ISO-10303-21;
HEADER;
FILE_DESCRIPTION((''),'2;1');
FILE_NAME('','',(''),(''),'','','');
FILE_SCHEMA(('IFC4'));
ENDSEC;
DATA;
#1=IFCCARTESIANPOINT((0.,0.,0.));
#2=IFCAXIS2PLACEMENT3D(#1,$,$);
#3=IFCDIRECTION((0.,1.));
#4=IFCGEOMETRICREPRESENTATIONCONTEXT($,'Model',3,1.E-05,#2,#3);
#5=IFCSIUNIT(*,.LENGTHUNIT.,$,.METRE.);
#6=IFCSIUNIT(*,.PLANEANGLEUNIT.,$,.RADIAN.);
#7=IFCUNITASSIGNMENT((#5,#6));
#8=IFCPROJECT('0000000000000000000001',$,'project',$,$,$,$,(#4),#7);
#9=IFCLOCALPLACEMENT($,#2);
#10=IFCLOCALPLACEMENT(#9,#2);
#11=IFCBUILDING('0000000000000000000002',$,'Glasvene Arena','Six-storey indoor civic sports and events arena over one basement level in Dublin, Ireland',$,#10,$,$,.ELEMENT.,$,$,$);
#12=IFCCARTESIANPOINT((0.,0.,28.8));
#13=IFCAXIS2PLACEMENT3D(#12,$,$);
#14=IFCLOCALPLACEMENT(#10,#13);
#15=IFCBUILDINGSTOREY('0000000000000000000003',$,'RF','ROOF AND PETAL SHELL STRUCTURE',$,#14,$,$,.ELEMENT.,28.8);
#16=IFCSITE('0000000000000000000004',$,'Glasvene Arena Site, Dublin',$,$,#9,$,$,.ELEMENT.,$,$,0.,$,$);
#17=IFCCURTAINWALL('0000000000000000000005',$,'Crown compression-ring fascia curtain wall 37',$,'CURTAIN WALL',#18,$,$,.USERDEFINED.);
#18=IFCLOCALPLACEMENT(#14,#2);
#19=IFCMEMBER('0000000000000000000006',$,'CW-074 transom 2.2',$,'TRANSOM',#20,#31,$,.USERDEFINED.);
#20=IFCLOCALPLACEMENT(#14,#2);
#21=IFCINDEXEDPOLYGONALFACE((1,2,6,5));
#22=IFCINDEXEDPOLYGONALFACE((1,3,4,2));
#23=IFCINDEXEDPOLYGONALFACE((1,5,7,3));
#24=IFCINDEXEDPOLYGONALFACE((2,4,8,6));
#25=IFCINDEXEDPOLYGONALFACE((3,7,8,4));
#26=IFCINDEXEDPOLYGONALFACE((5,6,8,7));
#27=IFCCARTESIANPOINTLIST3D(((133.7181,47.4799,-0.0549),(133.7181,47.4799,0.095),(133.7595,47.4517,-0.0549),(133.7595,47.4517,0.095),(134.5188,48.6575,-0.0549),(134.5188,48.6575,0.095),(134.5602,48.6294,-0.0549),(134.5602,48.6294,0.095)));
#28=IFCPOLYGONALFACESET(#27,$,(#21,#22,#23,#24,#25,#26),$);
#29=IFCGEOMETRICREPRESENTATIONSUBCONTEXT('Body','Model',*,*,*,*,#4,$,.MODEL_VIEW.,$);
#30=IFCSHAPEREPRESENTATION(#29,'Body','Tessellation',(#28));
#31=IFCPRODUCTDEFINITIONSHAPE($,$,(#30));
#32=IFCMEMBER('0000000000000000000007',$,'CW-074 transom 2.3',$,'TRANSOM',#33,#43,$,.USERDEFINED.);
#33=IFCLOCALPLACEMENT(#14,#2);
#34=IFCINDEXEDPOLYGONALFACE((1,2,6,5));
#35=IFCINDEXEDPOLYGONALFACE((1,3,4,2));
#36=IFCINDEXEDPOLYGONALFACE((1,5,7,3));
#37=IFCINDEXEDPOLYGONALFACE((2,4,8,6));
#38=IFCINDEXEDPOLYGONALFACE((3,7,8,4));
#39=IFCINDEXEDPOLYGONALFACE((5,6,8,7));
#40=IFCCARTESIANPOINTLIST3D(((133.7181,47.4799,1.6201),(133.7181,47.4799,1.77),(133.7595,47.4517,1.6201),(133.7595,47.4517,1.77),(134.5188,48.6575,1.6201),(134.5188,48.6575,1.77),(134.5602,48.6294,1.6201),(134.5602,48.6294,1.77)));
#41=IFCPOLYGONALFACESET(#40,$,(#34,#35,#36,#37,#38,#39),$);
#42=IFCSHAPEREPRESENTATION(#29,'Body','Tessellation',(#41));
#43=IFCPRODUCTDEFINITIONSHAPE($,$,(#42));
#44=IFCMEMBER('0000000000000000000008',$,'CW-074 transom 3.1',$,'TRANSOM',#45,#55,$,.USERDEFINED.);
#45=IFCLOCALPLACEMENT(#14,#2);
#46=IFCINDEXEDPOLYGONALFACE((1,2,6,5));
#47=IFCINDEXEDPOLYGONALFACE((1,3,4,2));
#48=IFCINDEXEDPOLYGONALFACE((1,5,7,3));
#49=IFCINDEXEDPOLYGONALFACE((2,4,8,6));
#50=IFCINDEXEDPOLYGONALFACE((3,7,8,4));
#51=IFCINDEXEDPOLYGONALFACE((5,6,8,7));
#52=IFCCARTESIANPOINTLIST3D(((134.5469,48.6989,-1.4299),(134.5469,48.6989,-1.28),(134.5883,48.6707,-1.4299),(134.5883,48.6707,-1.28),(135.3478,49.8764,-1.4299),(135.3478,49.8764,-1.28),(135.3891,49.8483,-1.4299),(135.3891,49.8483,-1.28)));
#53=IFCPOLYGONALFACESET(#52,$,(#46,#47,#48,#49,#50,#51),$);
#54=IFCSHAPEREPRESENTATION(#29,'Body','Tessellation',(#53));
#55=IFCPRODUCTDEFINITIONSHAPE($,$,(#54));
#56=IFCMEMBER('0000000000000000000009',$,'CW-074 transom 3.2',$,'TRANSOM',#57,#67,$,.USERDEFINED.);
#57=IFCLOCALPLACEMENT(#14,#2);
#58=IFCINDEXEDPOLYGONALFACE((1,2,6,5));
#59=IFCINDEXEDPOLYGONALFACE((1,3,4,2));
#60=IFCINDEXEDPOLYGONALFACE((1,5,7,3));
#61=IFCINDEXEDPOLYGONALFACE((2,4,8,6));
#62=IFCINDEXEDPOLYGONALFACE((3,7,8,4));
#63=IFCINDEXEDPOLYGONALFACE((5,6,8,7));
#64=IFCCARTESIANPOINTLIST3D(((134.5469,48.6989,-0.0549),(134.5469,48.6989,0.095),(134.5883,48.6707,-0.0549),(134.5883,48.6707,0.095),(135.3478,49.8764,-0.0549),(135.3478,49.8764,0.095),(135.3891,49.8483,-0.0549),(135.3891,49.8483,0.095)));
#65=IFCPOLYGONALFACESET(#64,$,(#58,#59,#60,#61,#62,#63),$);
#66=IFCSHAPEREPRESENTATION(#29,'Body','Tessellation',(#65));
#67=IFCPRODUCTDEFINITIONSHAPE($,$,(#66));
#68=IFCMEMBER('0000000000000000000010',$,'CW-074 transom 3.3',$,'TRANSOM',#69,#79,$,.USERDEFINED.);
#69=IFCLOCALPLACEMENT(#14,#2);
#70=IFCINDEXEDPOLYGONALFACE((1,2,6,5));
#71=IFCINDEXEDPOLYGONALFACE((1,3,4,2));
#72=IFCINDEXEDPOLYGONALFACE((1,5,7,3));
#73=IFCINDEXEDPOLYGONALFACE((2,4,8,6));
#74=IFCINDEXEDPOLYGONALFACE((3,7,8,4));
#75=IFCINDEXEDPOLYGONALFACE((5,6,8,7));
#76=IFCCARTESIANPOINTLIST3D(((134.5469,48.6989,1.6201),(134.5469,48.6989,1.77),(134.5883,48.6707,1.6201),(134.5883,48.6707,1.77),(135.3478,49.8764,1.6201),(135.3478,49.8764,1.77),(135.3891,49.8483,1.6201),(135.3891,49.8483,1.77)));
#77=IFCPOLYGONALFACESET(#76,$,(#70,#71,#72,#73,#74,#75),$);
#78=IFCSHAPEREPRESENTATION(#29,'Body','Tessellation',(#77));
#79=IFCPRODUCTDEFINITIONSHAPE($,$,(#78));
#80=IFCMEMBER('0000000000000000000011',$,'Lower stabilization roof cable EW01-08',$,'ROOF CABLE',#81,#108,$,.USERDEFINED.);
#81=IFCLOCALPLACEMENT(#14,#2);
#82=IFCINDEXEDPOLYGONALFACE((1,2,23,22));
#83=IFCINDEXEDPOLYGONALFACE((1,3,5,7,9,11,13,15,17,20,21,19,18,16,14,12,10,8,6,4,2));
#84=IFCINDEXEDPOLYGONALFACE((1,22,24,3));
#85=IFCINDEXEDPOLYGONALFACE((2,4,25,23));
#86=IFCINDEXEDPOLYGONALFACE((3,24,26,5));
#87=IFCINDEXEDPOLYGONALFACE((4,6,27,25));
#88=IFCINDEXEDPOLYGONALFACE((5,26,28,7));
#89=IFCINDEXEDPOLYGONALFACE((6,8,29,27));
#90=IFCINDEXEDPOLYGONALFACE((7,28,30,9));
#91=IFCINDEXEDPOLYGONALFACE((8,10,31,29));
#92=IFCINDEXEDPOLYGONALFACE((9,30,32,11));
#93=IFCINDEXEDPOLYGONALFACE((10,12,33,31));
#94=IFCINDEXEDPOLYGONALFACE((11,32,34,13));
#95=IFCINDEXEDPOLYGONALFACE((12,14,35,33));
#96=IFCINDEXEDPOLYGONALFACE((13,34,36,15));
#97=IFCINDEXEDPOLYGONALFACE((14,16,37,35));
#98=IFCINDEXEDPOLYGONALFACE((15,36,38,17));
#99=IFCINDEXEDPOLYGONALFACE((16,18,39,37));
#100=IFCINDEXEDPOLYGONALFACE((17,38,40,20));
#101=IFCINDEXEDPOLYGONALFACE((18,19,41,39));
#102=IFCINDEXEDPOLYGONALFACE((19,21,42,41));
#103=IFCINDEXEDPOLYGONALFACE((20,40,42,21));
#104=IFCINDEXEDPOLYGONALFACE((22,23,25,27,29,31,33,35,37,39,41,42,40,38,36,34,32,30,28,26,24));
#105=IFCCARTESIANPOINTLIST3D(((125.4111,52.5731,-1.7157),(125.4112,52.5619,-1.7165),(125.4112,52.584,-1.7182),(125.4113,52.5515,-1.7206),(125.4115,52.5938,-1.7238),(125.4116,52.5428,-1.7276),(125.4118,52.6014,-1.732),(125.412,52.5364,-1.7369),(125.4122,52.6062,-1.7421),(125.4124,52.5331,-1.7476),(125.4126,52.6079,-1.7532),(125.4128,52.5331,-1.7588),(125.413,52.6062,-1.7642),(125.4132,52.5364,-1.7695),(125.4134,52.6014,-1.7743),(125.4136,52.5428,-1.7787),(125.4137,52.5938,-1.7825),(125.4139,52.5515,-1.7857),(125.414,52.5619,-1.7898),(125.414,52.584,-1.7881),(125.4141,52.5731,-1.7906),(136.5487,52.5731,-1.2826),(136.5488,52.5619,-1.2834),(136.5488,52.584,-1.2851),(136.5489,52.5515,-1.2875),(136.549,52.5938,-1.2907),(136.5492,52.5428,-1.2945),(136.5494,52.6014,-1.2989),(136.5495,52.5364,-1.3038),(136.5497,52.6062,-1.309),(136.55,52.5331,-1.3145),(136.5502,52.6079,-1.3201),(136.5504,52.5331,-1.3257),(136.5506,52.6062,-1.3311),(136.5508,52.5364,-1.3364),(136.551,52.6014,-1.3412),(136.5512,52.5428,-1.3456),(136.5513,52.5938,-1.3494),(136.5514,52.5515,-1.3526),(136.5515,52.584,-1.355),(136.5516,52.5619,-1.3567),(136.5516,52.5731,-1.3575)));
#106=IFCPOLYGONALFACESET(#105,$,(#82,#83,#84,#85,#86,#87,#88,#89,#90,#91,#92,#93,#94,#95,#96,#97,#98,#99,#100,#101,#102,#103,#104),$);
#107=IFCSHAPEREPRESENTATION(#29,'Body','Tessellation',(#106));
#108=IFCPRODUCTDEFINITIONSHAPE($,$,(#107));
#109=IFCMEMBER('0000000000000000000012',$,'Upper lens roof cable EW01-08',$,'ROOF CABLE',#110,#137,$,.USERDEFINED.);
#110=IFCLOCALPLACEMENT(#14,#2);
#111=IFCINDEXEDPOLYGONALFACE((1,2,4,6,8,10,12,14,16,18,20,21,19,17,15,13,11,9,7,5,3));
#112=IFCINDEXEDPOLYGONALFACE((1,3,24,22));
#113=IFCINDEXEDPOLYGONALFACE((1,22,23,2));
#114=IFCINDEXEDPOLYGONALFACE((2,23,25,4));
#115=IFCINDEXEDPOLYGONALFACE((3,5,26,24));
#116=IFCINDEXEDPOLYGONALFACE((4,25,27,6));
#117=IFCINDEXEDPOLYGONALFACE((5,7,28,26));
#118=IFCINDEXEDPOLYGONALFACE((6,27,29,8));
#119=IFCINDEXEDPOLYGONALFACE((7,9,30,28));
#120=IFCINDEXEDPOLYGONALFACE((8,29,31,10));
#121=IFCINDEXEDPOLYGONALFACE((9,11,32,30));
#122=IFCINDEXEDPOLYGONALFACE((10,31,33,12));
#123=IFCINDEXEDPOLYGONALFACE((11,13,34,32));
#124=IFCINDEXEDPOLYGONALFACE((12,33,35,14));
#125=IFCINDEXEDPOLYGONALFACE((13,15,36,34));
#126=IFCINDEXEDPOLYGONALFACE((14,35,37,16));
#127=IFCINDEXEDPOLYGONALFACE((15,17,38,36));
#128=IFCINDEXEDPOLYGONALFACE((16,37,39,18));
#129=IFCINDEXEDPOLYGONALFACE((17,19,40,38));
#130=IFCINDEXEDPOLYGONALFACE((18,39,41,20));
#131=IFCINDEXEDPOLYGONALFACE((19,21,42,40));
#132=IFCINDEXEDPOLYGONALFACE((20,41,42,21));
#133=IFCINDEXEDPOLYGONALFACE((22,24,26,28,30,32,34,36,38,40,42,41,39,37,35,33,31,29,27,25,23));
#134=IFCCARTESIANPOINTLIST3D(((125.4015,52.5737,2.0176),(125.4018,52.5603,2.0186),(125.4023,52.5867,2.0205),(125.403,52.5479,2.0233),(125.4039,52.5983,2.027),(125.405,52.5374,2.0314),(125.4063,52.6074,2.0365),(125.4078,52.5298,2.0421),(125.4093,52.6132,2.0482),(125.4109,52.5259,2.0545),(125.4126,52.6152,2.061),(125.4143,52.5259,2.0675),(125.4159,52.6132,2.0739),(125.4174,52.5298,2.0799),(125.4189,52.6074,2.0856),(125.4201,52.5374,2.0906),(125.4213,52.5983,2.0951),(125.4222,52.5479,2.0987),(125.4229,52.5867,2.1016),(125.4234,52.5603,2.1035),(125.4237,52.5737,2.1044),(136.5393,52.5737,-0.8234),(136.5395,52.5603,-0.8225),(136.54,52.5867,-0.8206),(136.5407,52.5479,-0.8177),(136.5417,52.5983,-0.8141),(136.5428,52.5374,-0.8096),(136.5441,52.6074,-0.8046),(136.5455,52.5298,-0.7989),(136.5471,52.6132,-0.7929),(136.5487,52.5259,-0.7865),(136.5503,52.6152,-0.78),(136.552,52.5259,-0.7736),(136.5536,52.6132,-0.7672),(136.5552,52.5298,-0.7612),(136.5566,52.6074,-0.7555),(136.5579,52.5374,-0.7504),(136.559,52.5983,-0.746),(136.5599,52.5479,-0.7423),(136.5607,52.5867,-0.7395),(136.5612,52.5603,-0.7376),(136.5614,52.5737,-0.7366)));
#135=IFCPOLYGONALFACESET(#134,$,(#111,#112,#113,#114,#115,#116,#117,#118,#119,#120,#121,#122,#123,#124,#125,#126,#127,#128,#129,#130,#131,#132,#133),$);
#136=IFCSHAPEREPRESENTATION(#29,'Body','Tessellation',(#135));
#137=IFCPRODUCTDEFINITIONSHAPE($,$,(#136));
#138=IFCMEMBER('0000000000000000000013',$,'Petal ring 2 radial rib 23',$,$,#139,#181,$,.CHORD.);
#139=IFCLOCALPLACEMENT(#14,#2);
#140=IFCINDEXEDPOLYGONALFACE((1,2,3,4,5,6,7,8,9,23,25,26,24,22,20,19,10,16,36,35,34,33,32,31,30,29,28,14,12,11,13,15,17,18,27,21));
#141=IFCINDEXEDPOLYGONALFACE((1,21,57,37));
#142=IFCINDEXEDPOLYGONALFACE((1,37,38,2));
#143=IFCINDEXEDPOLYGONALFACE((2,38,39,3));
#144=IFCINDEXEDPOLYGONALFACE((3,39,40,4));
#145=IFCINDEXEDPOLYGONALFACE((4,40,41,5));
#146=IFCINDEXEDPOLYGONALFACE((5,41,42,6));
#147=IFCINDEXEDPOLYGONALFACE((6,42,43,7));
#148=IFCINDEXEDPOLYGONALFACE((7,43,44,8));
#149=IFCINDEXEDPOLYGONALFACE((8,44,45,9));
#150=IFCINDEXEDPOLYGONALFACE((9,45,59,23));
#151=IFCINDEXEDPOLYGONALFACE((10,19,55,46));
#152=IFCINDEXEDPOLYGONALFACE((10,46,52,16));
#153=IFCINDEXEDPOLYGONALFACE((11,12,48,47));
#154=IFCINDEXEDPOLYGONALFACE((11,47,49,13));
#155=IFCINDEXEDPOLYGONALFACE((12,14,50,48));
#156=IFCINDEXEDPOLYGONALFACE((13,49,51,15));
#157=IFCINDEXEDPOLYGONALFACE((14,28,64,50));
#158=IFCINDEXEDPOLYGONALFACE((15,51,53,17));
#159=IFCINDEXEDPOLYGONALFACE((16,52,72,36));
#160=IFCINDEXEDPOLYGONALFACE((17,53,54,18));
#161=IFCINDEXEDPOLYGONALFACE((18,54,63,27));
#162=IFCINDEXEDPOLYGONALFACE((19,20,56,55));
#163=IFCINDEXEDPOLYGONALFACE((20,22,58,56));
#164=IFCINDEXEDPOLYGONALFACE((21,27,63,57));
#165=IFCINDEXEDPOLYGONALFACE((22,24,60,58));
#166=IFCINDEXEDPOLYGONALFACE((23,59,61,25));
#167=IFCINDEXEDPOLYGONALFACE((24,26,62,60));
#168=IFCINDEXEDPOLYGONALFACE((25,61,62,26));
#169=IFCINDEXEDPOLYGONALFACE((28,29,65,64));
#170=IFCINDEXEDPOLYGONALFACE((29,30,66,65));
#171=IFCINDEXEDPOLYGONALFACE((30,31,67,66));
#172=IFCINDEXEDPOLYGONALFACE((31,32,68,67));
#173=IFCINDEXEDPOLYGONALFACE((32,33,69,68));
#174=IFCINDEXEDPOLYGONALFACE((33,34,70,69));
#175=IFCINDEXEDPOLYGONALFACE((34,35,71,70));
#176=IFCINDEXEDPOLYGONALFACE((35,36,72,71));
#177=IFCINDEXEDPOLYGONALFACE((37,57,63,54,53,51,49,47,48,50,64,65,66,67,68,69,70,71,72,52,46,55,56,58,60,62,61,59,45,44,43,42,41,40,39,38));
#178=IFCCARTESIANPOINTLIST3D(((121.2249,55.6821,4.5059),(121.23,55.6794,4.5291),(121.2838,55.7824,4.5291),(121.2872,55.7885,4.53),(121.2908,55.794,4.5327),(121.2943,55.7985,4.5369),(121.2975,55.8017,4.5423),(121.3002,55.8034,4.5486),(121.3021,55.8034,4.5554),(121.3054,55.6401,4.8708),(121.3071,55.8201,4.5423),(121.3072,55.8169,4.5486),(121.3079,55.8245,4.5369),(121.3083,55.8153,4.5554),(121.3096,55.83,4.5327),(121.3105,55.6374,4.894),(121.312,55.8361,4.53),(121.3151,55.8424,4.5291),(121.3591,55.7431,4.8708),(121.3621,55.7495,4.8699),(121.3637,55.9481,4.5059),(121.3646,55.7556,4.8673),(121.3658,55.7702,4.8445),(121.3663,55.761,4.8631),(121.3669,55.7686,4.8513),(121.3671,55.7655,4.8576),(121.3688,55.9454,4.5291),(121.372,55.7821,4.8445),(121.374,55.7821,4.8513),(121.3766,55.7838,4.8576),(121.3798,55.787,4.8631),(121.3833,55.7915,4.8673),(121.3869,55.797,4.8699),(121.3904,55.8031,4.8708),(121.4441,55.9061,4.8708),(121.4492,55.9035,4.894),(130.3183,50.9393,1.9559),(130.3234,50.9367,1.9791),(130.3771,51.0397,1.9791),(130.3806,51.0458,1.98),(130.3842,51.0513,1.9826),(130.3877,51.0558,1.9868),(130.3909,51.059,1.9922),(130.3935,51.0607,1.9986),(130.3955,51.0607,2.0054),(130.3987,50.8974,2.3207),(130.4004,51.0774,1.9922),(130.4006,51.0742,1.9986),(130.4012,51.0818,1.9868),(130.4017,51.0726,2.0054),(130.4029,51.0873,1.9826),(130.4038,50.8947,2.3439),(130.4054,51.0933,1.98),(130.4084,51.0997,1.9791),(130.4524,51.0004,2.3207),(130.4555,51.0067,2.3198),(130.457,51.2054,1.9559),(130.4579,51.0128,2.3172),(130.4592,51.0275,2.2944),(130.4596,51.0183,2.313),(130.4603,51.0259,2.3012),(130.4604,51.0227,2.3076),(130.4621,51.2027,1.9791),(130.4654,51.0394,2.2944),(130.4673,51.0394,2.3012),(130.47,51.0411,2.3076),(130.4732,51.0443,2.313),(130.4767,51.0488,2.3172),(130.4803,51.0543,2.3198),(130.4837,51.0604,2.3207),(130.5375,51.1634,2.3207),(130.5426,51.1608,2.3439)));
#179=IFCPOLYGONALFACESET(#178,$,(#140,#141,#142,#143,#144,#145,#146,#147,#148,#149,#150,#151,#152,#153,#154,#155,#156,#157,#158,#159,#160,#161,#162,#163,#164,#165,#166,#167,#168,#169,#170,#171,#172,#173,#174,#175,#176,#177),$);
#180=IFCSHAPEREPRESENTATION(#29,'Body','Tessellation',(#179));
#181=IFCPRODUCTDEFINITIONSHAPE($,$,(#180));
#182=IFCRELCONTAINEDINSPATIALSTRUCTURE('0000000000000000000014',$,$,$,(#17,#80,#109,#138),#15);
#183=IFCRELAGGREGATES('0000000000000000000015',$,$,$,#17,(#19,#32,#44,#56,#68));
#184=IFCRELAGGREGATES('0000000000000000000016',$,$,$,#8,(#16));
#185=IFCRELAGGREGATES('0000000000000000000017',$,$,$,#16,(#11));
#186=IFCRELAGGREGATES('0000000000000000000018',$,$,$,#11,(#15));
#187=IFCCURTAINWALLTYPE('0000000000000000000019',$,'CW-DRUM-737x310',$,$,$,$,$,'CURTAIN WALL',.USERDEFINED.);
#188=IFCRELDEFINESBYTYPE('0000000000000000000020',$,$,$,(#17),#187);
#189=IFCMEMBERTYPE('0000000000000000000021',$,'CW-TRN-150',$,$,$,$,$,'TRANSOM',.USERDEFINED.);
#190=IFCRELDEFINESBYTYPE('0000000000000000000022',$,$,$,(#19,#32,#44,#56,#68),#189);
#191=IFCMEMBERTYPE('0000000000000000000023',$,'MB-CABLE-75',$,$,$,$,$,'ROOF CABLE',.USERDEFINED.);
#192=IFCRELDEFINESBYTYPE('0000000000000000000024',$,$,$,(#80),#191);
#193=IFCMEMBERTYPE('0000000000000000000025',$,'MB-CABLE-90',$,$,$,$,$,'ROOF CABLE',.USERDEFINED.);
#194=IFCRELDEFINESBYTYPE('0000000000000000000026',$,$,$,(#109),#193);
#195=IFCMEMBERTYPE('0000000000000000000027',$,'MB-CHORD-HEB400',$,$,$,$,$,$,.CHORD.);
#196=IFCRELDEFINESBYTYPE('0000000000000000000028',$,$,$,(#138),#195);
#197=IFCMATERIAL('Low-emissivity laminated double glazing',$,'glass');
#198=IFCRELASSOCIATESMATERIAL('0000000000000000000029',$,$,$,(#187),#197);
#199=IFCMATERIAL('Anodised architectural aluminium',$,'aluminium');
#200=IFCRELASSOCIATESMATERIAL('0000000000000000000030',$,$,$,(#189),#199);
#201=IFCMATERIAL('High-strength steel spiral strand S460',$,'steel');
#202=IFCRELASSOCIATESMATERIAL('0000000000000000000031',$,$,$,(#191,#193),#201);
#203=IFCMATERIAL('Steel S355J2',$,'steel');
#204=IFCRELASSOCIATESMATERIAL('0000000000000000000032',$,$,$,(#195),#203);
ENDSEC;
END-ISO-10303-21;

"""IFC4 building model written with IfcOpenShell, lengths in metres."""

from ifc_helpers import new_model, si_unit, direction, frame, origin, origin_2d, place, context, subcontext, project, spatial, rectangle, circle, i_section, extrude, material, material_profile, profile_set, type_object, element, aggregate, save


model = new_model("IFC4")

# Units and contexts
model_context = context("Model", 3, precision=1e-05, world=origin(), true_north=direction((0.0, 1.0)))
body_context = subcontext(model_context, "Body", "Model", "MODEL_VIEW")
ifc_project = project(units=[si_unit("LENGTHUNIT", "METRE"), si_unit("PLANEANGLEUNIT", "RADIAN")], contexts=[model_context])

# Site, building, storey
site_placement = place(None, origin())
site = spatial("IfcSite", under=ifc_project, at=site_placement, Name="Glasvene Arena Site, Dublin", CompositionType="ELEMENT", RefElevation=0.0)
building_placement = place(site_placement, origin())
building = spatial("IfcBuilding", under=site, at=building_placement, Name="Glasvene Arena", Description="Six-storey indoor civic sports and events arena over one basement level in Dublin, Ireland", CompositionType="ELEMENT")
storey_placement = place(building_placement, frame((0.0, 0.0, 28.8)))
storey = spatial("IfcBuildingStorey", under=building, at=storey_placement, Name="RF", Description="ROOF AND PETAL SHELL STRUCTURE", CompositionType="ELEMENT", Elevation=28.8)

# Shared definitions
ifc_material_1 = material(Name="Low-emissivity laminated double glazing", Category="glass")
ifc_material_2 = material(Name="Anodised architectural aluminium", Category="aluminium")

# Curtain wall
curtain_wall_type_1 = type_object("IfcCurtainWallType", Name="CW-DRUM-737x310", ElementType="CURTAIN WALL", PredefinedType="USERDEFINED", material=ifc_material_1)
curtain_wall_1_placement = place(storey_placement, frame((132.8958, 46.2263, 0.0)))
curtain_wall_1 = element("IfcCurtainWall", 1, at=curtain_wall_1_placement, inside=storey, type_object=curtain_wall_type_1, Name="Crown compression-ring fascia curtain wall 37", ObjectType="CURTAIN WALL", PredefinedType="USERDEFINED")

# Members
ifc_material_profile_1 = material_profile(ifc_material_2, rectangle(XDim=0.05, YDim=0.1499, at=origin_2d()), Name="ALU TRANSOM 50x150")
ifc_profile_set_1 = profile_set([ifc_material_profile_1], Name="Anodised architectural aluminium")
member_type_1 = type_object("IfcMemberType", Name="CW-TRN-150", ElementType="TRANSOM", PredefinedType="USERDEFINED", material=ifc_profile_set_1)
member_1_placement = place(storey_placement, frame((133.7388, 47.4658, 0.02), z_axis=(0.562273, 0.826952, 0.0), x_axis=(-0.826952, 0.562273, 0.0)))
member_1 = element("IfcMember", 2, at=member_1_placement, type_object=member_type_1, Name="CW-074 transom 2.2", ObjectType="TRANSOM", PredefinedType="USERDEFINED", context=body_context, shape_type="SweptSolid", body=[
    extrude(rectangle(XDim=0.05, YDim=0.1499, at=origin_2d()), origin(), (0.0, 0.0, 1.0), 1.4241),
])
member_2_placement = place(storey_placement, frame((133.7388, 47.4658, 1.6951), z_axis=(0.562273, 0.826952, 0.0), x_axis=(-0.826952, 0.562273, 0.0)))
member_2 = element("IfcMember", 3, at=member_2_placement, type_object=member_type_1, Name="CW-074 transom 2.3", ObjectType="TRANSOM", PredefinedType="USERDEFINED", context=body_context, shape_type="SweptSolid", body=[
    extrude(rectangle(XDim=0.05, YDim=0.1499, at=origin_2d()), origin(), (0.0, 0.0, 1.0), 1.4241),
])
member_3_placement = place(storey_placement, frame((134.5676, 48.6848, -1.355), z_axis=(0.562352, 0.826898, 0.0), x_axis=(-0.826898, 0.562352, 0.0)))
member_3 = element("IfcMember", 4, at=member_3_placement, type_object=member_type_1, Name="CW-074 transom 3.1", ObjectType="TRANSOM", PredefinedType="USERDEFINED", context=body_context, shape_type="SweptSolid", body=[
    extrude(rectangle(XDim=0.05, YDim=0.1499, at=origin_2d()), origin(), (0.0, 0.0, 1.0), 1.4241),
])
member_4_placement = place(storey_placement, frame((134.5676, 48.6848, 0.02), z_axis=(0.562352, 0.826898, 0.0), x_axis=(-0.826898, 0.562352, 0.0)))
member_4 = element("IfcMember", 5, at=member_4_placement, type_object=member_type_1, Name="CW-074 transom 3.2", ObjectType="TRANSOM", PredefinedType="USERDEFINED", context=body_context, shape_type="SweptSolid", body=[
    extrude(rectangle(XDim=0.05, YDim=0.1499, at=origin_2d()), origin(), (0.0, 0.0, 1.0), 1.4241),
])
member_5_placement = place(storey_placement, frame((134.5676, 48.6848, 1.6951), z_axis=(0.562352, 0.826898, 0.0), x_axis=(-0.826898, 0.562352, 0.0)))
member_5 = element("IfcMember", 6, at=member_5_placement, type_object=member_type_1, Name="CW-074 transom 3.3", ObjectType="TRANSOM", PredefinedType="USERDEFINED", context=body_context, shape_type="SweptSolid", body=[
    extrude(rectangle(XDim=0.05, YDim=0.1499, at=origin_2d()), origin(), (0.0, 0.0, 1.0), 1.4241),
])

# Members
ifc_material_3 = material(Name="High-strength steel spiral strand S460", Category="steel")
ifc_material_profile_2 = material_profile(ifc_material_3, circle(Radius=0.0376, at=origin_2d()), Name="LCSS D75")
ifc_profile_set_2 = profile_set([ifc_material_profile_2], Name="High-strength steel spiral strand S460")
member_type_2 = type_object("IfcMemberType", Name="MB-CABLE-75", ElementType="ROOF CABLE", PredefinedType="USERDEFINED", material=ifc_profile_set_2)
member_6_placement = place(storey_placement, frame((125.4126, 52.5703, -1.7532), z_axis=(0.999245, 0.0, 0.038857), x_axis=(0.0, 1.0, 0.0)))
element("IfcMember", 7, at=member_6_placement, inside=storey, type_object=member_type_2, Name="Lower stabilization roof cable EW01-08", ObjectType="ROOF CABLE", PredefinedType="USERDEFINED", context=body_context, shape_type="SweptSolid", body=[
    extrude(circle(Radius=0.0376, at=origin_2d()), origin(), (0.0, 0.0, 1.0), 11.146),
])
ifc_material_profile_3 = material_profile(ifc_material_3, circle(Radius=0.0449, at=origin_2d()), Name="LCSS D90")
ifc_profile_set_3 = profile_set([ifc_material_profile_3], Name="High-strength steel spiral strand S460")
member_type_3 = type_object("IfcMemberType", Name="MB-CABLE-90", ElementType="ROOF CABLE", PredefinedType="USERDEFINED", material=ifc_profile_set_3)
member_7_placement = place(storey_placement, frame((125.4126, 52.5703, 2.061), z_axis=(0.968972, 0.0, -0.247171), x_axis=(0.0, 1.0, 0.0)))
element("IfcMember", 8, at=member_7_placement, inside=storey, type_object=member_type_3, Name="Upper lens roof cable EW01-08", ObjectType="ROOF CABLE", PredefinedType="USERDEFINED", context=body_context, shape_type="SweptSolid", body=[
    extrude(circle(Radius=0.0449, at=origin_2d()), origin(), (0.0, 0.0, 1.0), 11.4944),
])
ifc_material_4 = material(Name="Steel S355J2", Category="steel")
ifc_material_profile_4 = material_profile(ifc_material_4, i_section(OverallWidth=0.3, OverallDepth=0.3999, WebThickness=0.0134, FlangeThickness=0.0239, FilletRadius=0.0271, at=origin_2d()), Name="HEB 400")
ifc_profile_set_4 = profile_set([ifc_material_profile_4], Name="Steel S355J2")
member_type_4 = type_object("IfcMemberType", Name="MB-CHORD-HEB400", PredefinedType="CHORD", material=ifc_profile_set_4)
member_8_placement = place(storey_placement, frame((130.4304, 51.05, 2.1499), z_axis=(-0.860451, 0.448776, 0.241299), x_axis=(-0.462441, -0.88665, 0.0)))
element("IfcMember", 9, at=member_8_placement, inside=storey, type_object=member_type_4, Name="Petal ring 2 radial rib 23", PredefinedType="CHORD", context=body_context, shape_type="SweptSolid", body=[
    extrude(i_section(OverallWidth=0.3, OverallDepth=0.3999, WebThickness=0.0134, FlangeThickness=0.0239, FilletRadius=0.0271, at=origin_2d()), origin(), (0.0, 0.0, 1.0), 10.5681),
])

aggregate(curtain_wall_1, [member_1, member_2, member_3, member_4, member_5])

save(model, "model.ifc")
